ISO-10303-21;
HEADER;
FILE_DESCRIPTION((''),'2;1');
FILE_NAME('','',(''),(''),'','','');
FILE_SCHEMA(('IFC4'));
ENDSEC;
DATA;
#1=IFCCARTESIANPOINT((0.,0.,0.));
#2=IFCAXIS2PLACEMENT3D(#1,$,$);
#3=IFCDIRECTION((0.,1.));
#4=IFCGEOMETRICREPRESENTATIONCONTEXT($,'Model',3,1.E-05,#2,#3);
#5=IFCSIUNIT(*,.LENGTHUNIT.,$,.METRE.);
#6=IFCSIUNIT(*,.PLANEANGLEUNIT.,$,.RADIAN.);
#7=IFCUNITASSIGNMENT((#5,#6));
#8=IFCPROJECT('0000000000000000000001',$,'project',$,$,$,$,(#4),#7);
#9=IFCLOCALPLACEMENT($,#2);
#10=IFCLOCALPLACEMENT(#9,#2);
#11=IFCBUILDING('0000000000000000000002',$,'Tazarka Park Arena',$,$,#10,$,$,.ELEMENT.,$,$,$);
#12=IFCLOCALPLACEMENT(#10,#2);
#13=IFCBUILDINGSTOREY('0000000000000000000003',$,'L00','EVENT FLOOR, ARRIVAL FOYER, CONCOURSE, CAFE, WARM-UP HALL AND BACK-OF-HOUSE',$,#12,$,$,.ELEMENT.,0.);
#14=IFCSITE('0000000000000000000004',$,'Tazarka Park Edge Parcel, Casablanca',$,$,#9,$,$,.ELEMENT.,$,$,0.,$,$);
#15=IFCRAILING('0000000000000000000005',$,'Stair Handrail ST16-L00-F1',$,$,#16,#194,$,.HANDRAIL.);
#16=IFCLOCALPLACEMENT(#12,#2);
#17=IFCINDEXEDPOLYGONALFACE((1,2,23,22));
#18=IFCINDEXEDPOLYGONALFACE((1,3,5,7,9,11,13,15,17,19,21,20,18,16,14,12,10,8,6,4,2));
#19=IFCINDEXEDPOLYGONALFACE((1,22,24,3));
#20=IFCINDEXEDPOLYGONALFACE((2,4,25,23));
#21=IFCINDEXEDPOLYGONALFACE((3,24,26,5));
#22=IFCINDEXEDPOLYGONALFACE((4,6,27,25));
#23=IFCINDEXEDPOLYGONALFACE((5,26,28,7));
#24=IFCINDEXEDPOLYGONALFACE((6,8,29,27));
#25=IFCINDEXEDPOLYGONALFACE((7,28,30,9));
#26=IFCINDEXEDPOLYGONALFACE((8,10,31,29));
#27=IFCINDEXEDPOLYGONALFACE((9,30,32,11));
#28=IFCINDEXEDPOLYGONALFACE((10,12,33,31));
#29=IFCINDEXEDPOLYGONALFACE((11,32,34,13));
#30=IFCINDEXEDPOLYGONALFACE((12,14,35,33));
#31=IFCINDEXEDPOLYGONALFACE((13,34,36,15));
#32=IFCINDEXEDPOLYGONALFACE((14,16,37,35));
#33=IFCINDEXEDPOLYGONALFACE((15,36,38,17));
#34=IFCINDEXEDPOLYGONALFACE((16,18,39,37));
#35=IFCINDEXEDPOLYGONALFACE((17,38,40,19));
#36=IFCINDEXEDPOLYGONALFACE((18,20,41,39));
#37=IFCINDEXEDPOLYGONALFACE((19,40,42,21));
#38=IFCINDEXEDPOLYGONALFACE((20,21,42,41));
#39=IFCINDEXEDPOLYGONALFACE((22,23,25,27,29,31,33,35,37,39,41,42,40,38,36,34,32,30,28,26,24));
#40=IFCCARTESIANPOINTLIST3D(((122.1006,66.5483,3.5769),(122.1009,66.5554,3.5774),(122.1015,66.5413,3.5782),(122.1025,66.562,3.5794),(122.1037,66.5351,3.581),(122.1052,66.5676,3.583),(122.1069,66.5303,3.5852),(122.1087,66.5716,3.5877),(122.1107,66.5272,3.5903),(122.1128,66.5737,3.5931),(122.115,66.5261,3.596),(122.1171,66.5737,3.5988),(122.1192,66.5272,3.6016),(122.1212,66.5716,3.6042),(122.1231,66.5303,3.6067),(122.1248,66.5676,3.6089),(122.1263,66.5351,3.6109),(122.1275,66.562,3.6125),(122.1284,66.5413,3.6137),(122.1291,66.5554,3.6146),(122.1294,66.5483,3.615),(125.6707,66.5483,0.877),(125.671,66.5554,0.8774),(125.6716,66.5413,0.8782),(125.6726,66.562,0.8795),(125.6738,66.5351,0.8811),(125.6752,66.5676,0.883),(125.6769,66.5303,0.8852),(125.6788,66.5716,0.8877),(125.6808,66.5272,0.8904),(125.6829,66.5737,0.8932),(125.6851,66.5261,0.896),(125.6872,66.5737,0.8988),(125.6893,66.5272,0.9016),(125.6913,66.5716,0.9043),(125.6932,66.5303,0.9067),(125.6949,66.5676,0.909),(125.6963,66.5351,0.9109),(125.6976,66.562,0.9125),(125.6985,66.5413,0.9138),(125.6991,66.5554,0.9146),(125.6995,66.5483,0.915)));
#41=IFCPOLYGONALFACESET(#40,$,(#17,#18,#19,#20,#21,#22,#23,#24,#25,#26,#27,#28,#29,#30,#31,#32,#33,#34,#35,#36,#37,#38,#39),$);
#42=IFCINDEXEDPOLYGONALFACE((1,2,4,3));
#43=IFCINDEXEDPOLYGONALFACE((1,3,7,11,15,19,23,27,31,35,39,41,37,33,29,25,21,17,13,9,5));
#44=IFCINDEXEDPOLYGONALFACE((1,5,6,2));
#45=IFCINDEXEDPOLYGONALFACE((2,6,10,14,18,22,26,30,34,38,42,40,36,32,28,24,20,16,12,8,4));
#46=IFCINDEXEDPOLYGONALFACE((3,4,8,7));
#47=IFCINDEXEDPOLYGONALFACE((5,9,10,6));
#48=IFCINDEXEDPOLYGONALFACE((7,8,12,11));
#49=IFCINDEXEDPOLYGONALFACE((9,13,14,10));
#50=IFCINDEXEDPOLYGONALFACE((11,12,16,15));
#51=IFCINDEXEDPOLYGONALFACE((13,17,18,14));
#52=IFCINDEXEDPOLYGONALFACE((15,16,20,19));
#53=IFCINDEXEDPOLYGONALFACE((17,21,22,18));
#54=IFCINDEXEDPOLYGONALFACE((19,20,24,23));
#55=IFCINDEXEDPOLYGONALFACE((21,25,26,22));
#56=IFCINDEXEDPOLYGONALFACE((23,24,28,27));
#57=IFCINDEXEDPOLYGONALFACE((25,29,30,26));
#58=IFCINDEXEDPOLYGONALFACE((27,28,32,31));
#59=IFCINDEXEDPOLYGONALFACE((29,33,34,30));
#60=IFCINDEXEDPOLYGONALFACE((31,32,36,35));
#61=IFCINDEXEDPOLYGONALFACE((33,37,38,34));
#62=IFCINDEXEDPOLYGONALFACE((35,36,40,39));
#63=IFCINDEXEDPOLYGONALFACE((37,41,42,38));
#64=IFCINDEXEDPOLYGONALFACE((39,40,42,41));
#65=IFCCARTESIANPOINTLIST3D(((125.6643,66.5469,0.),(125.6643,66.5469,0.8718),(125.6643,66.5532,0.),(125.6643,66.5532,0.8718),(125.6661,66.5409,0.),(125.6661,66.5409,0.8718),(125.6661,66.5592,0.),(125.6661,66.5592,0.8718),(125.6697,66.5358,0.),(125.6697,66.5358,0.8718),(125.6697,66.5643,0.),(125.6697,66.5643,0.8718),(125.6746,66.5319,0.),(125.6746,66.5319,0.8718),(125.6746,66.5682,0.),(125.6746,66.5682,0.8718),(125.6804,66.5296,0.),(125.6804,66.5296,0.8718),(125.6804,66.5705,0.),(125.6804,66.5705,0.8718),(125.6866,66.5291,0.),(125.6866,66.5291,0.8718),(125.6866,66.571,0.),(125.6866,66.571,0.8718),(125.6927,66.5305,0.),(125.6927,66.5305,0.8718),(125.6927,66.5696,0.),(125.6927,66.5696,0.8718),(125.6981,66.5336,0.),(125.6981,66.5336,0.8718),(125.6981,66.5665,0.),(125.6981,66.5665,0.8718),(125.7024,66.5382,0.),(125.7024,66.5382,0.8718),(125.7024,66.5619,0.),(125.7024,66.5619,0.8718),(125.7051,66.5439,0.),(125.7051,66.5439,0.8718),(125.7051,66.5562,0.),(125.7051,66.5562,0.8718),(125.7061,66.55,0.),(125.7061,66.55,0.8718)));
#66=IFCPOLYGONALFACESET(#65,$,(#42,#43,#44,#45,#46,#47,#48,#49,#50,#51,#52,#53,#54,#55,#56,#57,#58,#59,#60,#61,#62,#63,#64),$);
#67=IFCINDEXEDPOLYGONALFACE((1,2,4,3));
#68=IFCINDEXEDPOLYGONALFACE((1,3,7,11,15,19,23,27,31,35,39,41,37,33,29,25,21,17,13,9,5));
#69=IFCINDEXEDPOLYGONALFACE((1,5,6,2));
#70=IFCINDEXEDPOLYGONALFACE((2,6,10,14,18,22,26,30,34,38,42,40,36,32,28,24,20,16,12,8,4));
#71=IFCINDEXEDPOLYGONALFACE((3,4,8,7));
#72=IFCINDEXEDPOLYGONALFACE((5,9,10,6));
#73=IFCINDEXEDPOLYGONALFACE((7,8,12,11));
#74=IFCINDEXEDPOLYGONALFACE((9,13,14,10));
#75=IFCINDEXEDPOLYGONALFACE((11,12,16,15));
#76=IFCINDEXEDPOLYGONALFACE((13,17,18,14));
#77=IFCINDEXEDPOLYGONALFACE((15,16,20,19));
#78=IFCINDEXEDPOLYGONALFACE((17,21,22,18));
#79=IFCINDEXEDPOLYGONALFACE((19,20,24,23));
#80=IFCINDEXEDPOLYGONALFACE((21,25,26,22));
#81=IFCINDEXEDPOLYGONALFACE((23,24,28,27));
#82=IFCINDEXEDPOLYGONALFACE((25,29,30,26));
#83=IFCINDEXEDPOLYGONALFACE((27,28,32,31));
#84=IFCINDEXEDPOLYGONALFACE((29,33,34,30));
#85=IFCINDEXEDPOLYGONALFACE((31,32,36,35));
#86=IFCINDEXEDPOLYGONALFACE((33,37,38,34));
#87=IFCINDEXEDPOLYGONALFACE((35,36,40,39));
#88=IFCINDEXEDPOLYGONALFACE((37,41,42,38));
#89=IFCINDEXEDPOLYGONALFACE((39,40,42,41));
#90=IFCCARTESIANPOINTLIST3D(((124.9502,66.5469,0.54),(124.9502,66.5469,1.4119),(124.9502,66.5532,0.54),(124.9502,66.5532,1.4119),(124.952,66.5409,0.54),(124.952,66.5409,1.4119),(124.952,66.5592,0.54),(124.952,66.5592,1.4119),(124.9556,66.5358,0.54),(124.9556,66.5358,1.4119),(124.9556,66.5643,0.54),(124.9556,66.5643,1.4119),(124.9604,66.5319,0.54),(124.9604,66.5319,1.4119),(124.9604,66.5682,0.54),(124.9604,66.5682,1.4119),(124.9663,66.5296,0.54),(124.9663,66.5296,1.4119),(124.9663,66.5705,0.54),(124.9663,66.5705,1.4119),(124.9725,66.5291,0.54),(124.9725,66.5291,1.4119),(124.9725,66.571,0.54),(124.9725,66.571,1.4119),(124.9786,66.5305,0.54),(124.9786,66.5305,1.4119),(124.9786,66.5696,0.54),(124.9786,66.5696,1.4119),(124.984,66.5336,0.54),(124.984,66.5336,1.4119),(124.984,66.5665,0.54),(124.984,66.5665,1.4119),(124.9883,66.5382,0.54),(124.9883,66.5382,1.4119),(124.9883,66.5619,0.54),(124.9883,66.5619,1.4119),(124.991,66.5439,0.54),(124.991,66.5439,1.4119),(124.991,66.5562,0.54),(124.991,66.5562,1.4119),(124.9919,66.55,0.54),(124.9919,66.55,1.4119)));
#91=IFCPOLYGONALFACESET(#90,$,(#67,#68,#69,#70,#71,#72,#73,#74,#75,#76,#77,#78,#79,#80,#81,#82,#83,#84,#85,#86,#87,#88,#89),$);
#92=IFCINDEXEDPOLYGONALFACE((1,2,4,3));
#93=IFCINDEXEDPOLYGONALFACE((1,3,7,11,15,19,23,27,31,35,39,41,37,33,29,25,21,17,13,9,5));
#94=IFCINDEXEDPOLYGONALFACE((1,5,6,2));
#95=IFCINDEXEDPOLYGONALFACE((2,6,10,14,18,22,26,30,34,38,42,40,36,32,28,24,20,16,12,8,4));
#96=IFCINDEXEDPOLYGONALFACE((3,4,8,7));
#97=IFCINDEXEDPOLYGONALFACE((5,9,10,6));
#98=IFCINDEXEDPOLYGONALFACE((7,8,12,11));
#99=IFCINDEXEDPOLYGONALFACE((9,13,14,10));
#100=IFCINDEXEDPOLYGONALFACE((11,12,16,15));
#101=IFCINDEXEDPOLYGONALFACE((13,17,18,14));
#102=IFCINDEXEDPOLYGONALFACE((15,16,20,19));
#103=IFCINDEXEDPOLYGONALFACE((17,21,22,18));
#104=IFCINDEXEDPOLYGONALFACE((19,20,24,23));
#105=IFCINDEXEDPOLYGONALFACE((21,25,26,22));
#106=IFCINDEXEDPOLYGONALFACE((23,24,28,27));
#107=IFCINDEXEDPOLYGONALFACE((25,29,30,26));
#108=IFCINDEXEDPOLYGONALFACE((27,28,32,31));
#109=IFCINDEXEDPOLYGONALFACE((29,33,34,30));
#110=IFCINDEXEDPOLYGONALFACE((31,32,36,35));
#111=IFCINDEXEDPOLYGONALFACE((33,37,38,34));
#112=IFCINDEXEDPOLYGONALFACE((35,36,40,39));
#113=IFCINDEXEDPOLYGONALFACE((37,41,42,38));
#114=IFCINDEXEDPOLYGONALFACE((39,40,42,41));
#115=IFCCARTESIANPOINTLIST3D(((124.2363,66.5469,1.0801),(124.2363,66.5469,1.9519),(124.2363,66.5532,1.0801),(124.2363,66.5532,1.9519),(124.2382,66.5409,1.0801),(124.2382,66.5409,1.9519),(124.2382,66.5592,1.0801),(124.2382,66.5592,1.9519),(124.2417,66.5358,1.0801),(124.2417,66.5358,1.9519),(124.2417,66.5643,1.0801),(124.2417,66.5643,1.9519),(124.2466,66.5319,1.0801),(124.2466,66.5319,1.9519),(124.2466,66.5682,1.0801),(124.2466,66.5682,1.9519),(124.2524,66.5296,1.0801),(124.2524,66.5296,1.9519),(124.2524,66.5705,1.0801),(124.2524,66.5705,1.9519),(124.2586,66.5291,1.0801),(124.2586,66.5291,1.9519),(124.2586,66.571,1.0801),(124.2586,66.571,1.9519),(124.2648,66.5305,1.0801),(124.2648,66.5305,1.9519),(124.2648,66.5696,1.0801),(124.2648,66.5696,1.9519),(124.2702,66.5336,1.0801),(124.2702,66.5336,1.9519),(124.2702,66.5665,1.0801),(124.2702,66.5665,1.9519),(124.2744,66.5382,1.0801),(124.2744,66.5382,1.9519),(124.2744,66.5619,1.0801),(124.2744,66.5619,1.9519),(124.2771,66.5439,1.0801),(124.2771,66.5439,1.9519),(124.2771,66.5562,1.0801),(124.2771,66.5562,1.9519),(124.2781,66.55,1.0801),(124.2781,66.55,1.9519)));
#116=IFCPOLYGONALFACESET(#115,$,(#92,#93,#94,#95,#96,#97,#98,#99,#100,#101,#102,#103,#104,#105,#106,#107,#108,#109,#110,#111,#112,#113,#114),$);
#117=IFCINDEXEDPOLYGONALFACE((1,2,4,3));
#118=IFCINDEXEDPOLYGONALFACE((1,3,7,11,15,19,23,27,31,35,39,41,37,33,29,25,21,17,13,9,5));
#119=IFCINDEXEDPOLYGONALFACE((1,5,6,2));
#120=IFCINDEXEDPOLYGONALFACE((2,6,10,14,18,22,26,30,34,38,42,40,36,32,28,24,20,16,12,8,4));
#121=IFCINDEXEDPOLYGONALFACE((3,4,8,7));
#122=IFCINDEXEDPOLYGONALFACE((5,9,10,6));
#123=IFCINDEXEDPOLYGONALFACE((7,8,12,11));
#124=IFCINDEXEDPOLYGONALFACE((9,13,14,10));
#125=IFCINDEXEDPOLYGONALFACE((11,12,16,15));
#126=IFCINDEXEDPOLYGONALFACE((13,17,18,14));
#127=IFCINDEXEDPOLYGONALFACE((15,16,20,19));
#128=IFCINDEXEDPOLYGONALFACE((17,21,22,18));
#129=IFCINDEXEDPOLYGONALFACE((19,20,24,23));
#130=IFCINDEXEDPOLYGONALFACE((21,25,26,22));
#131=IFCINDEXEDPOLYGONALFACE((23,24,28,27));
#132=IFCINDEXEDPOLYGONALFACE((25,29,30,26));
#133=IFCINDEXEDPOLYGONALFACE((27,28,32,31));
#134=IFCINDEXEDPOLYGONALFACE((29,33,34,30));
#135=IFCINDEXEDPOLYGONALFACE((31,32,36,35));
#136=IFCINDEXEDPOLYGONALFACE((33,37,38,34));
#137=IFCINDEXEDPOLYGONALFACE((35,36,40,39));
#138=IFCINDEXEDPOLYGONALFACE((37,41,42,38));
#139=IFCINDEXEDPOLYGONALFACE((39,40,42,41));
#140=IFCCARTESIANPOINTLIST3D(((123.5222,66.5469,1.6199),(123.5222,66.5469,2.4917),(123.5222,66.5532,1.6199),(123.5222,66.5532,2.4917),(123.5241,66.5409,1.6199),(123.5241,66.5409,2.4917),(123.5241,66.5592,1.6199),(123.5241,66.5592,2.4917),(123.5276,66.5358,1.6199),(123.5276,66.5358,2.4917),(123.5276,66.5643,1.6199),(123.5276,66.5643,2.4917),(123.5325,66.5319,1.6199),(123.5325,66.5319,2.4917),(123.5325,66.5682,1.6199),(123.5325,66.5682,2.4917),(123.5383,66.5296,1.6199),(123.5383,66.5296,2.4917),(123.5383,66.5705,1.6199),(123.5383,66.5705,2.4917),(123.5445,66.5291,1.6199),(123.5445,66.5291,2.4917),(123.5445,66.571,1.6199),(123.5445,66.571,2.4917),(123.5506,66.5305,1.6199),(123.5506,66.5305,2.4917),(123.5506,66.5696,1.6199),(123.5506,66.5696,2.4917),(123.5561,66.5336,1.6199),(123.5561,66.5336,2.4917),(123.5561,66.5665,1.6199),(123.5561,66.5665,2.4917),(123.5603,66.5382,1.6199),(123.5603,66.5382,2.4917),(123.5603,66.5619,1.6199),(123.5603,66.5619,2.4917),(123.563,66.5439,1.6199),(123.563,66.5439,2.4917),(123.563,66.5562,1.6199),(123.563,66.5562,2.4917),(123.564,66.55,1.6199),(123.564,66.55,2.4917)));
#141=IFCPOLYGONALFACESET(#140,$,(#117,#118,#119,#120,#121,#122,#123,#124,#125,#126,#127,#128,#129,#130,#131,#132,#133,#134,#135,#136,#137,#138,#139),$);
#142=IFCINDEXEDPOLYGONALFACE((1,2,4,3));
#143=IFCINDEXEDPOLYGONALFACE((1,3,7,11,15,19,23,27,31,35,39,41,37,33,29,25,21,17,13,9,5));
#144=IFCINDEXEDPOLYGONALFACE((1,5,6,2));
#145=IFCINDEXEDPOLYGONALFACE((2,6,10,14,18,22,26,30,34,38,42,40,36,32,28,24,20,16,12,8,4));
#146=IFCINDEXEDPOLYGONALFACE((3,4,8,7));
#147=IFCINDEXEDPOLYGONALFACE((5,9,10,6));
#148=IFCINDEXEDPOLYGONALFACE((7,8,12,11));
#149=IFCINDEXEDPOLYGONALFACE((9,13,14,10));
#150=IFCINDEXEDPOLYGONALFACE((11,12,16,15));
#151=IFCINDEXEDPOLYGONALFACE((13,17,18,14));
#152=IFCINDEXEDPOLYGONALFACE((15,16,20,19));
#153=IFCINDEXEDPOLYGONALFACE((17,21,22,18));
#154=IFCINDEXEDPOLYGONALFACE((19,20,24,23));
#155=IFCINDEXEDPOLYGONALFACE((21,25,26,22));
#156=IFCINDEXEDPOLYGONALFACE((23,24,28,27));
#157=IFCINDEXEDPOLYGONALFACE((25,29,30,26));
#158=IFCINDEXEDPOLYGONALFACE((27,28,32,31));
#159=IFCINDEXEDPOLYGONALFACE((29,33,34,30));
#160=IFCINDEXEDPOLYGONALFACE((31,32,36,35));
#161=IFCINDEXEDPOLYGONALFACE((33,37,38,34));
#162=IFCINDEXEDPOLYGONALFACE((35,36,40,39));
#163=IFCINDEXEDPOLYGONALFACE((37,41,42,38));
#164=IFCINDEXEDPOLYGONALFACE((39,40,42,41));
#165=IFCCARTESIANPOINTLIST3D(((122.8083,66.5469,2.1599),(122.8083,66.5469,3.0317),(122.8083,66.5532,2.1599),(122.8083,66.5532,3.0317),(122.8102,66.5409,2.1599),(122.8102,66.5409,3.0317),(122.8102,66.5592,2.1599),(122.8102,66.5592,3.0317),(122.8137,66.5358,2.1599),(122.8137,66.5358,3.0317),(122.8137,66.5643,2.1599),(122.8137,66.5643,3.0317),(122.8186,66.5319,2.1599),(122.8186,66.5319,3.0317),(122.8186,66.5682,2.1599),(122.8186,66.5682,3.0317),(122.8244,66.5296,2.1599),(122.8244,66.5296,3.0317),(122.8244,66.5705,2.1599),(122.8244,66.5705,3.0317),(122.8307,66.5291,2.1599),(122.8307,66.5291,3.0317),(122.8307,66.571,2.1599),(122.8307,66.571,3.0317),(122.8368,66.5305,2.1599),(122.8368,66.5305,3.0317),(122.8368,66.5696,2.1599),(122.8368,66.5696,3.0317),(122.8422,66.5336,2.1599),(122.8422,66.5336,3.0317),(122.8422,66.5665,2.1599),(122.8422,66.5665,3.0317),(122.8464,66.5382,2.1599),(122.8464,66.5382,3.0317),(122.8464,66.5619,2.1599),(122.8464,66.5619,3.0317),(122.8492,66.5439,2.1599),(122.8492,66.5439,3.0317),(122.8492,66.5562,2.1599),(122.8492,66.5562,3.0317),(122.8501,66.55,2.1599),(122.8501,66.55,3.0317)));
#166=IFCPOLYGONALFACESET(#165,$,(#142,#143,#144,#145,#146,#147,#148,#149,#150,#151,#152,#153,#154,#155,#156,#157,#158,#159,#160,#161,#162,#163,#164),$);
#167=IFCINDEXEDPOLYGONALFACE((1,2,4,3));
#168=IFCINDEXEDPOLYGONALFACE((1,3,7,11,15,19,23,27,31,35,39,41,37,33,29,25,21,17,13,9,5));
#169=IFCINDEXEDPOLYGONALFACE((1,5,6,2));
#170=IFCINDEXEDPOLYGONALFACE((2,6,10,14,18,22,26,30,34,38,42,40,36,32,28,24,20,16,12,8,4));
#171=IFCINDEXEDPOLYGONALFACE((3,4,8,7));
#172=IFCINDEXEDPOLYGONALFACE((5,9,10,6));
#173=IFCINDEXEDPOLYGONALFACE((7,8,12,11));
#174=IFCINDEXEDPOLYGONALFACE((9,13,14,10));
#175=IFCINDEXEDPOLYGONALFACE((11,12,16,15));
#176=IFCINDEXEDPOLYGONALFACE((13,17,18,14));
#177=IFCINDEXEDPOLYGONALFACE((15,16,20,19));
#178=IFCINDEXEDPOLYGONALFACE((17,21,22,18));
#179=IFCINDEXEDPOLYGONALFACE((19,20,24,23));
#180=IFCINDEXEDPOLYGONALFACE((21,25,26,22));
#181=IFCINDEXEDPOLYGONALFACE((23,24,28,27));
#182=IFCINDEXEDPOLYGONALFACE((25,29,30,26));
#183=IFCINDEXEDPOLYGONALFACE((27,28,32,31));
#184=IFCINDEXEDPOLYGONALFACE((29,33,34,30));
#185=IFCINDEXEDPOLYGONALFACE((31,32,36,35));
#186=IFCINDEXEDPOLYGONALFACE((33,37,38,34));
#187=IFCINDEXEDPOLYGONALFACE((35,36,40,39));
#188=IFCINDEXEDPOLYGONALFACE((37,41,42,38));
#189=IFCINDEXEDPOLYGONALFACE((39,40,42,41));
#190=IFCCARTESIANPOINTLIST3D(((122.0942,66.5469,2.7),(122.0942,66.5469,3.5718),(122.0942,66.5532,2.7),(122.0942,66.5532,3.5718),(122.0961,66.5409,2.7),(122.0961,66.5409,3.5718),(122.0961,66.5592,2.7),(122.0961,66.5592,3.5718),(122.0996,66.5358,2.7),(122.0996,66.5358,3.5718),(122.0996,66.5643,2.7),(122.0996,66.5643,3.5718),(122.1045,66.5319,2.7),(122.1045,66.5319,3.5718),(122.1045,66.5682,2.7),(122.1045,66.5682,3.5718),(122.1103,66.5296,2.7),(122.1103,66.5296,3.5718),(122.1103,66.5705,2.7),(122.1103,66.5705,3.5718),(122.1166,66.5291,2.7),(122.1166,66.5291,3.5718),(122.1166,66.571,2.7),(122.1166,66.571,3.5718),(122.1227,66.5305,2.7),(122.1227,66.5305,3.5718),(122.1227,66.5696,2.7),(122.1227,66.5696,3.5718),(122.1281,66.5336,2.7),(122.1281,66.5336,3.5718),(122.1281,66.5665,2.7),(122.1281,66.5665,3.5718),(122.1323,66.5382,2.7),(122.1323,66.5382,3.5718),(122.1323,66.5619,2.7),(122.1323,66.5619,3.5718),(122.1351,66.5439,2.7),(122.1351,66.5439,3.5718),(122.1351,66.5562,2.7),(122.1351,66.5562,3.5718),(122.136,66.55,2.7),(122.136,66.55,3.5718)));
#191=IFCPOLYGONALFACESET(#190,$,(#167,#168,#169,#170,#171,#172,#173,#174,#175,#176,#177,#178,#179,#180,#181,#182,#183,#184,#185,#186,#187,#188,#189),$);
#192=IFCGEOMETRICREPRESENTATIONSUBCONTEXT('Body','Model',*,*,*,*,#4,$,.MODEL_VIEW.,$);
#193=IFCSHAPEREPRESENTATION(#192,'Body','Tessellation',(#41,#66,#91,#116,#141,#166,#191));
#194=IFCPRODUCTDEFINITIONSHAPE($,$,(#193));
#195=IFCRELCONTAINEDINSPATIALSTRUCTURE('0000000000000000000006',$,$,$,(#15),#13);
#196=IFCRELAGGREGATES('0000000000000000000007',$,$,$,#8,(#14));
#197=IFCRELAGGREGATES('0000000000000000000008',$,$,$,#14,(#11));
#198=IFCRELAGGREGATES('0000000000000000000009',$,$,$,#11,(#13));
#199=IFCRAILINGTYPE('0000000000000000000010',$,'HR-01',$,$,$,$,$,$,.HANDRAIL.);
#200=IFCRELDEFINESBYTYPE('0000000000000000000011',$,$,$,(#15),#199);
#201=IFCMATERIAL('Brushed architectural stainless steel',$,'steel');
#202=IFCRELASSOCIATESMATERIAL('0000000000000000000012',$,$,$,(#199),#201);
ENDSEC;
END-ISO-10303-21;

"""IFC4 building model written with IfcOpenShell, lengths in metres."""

from ifc_helpers import new_model, si_unit, direction, frame, origin, origin_2d, place, context, subcontext, project, spatial, circle, extrude, material, type_object, element, save


model = new_model("IFC4")

# Units and contexts
model_context = context("Model", 3, precision=1e-05, world=origin(), true_north=direction((0.0, 1.0)))
body_context = subcontext(model_context, "Body", "Model", "MODEL_VIEW")
ifc_project = project(units=[si_unit("LENGTHUNIT", "METRE"), si_unit("PLANEANGLEUNIT", "RADIAN")], contexts=[model_context])

# Site, building, storey
site_placement = place(None, origin())
site = spatial("IfcSite", under=ifc_project, at=site_placement, Name="Tazarka Park Edge Parcel, Casablanca", CompositionType="ELEMENT", RefElevation=0.0)
building_placement = place(site_placement, origin())
building = spatial("IfcBuilding", under=site, at=building_placement, Name="Tazarka Park Arena", CompositionType="ELEMENT")
storey_placement = place(building_placement, origin())
storey = spatial("IfcBuildingStorey", under=building, at=storey_placement, Name="L00", Description="EVENT FLOOR, ARRIVAL FOYER, CONCOURSE, CAFE, WARM-UP HALL AND BACK-OF-HOUSE", CompositionType="ELEMENT", Elevation=0.0)

# Railing
ifc_material_1 = material(Name="Brushed architectural stainless steel", Category="steel")
railing_type = type_object("IfcRailingType", Name="HR-01", PredefinedType="HANDRAIL", material=ifc_material_1)
for number, where, name in (
    (1, (125.6851, 66.55, 0.0), "Stair Handrail ST16-L00-F1"),
):
    element("IfcRailing", number, at=place(storey_placement, frame(where)), inside=storey, type_object=railing_type, Name=name, PredefinedType="HANDRAIL", context=body_context, shape_type="SweptSolid", body=[
        extrude(circle(Radius=0.0239, at=origin_2d()), frame((0.0, 0.0, 0.896), z_axis=(-0.797591, 0.0, 0.603198), x_axis=(0.0, -1.0, 0.0)), (0.0, 0.0, 1.0), 4.4761),
        extrude(circle(Radius=0.021, at=origin_2d()), origin(), (0.0, 0.0, 1.0), 0.8718),
        extrude(circle(Radius=0.021, at=origin_2d()), frame((-0.7141, 0.0, 0.54)), (0.0, 0.0, 1.0), 0.8718),
        extrude(circle(Radius=0.021, at=origin_2d()), frame((-1.428, 0.0, 1.0801)), (0.0, 0.0, 1.0), 0.8718),
        extrude(circle(Radius=0.021, at=origin_2d()), frame((-2.1421, 0.0, 1.6199)), (0.0, 0.0, 1.0), 0.8718),
        extrude(circle(Radius=0.021, at=origin_2d()), frame((-2.856, 0.0, 2.1599)), (0.0, 0.0, 1.0), 0.8718),
        extrude(circle(Radius=0.021, at=origin_2d()), frame((-3.5701, 0.0, 2.7)), (0.0, 0.0, 1.0), 0.8718),
    ])

save(model, "model.ifc")
